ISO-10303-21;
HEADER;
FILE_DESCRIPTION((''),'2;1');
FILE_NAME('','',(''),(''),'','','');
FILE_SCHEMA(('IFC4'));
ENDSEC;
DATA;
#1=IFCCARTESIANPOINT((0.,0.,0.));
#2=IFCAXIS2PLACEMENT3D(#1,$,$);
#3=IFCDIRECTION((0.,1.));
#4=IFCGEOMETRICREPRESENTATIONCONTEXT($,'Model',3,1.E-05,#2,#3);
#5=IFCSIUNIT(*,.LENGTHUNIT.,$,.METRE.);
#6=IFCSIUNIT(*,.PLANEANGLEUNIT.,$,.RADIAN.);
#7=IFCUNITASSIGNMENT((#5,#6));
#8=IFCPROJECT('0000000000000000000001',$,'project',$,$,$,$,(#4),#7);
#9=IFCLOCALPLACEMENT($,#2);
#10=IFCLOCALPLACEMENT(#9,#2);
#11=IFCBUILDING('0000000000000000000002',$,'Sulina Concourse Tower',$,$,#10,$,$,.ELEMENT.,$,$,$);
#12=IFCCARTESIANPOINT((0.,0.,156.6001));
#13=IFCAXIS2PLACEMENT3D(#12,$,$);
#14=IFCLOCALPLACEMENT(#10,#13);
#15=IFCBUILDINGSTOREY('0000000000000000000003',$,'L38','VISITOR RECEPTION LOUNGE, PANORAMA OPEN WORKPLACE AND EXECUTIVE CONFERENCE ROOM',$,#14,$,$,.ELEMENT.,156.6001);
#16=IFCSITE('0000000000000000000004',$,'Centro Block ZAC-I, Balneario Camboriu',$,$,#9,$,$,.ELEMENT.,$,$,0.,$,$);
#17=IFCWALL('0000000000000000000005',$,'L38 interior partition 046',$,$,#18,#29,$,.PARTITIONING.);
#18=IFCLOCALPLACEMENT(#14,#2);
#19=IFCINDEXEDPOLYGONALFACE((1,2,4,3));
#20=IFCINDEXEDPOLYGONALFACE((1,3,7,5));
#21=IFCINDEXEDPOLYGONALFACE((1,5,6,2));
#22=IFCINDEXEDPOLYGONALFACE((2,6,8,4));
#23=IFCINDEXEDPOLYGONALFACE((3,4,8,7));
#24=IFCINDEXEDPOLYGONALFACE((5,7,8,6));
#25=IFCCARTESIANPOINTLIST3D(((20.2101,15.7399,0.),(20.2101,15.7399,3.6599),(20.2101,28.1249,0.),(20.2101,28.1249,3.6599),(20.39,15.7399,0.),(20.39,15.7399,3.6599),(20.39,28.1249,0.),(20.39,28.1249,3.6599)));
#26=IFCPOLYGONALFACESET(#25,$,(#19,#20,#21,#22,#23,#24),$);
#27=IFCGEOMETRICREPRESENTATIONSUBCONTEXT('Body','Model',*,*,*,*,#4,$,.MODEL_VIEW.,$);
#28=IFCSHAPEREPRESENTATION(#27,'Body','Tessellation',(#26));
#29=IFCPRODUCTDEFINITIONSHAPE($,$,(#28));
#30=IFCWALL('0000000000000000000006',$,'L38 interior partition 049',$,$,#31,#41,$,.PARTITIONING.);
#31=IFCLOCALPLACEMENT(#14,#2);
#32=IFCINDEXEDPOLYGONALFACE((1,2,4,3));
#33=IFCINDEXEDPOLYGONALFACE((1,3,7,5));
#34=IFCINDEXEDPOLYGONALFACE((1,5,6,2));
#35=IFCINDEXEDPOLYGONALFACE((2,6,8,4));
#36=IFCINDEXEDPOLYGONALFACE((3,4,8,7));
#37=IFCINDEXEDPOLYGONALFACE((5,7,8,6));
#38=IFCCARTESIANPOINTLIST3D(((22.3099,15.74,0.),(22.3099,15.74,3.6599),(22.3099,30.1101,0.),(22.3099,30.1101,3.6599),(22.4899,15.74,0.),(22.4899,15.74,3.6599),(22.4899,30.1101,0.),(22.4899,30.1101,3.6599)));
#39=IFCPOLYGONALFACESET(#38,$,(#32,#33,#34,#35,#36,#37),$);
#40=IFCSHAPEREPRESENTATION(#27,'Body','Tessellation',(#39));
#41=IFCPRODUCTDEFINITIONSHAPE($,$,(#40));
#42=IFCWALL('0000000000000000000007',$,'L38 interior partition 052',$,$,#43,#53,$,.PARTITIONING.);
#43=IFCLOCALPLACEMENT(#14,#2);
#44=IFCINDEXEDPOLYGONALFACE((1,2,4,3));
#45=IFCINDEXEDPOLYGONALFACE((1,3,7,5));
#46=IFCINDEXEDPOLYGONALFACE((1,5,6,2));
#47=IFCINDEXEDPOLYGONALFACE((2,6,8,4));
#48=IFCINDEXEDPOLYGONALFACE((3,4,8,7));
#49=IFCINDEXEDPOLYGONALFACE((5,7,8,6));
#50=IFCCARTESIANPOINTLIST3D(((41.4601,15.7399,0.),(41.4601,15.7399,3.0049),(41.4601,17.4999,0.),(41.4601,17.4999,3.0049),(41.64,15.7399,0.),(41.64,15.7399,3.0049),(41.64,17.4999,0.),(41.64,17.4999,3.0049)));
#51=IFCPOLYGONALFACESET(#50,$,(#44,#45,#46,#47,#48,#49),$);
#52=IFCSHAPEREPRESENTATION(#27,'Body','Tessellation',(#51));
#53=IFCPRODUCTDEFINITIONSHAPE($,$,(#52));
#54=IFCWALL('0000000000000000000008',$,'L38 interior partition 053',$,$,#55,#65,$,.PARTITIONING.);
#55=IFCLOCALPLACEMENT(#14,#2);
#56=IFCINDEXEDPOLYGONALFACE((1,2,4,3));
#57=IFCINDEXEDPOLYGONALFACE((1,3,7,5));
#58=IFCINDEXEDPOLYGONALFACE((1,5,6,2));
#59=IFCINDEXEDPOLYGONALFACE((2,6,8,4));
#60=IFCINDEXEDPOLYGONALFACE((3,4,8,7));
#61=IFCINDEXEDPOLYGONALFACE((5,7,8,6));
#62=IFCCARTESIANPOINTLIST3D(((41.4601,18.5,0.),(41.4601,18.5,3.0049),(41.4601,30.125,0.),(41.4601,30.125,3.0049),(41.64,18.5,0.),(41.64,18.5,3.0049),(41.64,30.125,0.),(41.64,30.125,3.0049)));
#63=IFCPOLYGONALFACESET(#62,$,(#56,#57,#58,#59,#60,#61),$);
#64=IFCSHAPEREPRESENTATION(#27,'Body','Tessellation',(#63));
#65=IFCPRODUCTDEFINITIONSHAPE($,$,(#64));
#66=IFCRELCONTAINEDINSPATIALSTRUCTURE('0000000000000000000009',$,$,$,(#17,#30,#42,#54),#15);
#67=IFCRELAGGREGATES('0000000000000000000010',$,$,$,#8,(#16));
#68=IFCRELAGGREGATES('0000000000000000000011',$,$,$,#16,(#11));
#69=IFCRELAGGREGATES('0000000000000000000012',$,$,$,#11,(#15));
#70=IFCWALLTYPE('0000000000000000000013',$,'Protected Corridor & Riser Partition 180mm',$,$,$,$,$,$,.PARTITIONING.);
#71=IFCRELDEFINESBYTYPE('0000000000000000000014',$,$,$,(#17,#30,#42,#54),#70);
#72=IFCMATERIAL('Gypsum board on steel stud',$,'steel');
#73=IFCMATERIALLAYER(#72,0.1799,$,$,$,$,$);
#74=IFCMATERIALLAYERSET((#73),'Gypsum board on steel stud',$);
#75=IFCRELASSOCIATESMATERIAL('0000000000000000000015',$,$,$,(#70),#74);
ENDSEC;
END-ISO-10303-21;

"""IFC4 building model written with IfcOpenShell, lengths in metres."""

from ifc_helpers import new_model, si_unit, direction, frame, frame_2d, origin, place, context, subcontext, project, spatial, rectangle, extrude, material, layer, layer_set, type_object, element, save


model = new_model("IFC4")

# Units and contexts
model_context = context("Model", 3, precision=1e-05, world=origin(), true_north=direction((0.0, 1.0)))
body_context = subcontext(model_context, "Body", "Model", "MODEL_VIEW")
ifc_project = project(units=[si_unit("LENGTHUNIT", "METRE"), si_unit("PLANEANGLEUNIT", "RADIAN")], contexts=[model_context])

# Site, building, storey
site_placement = place(None, origin())
site = spatial("IfcSite", under=ifc_project, at=site_placement, Name="Centro Block ZAC-I, Balneario Camboriu", CompositionType="ELEMENT", RefElevation=0.0)
building_placement = place(site_placement, origin())
building = spatial("IfcBuilding", under=site, at=building_placement, Name="Sulina Concourse Tower", CompositionType="ELEMENT")
storey_placement = place(building_placement, frame((0.0, 0.0, 156.6001)))
storey = spatial("IfcBuildingStorey", under=building, at=storey_placement, Name="L38", Description="VISITOR RECEPTION LOUNGE, PANORAMA OPEN WORKPLACE AND EXECUTIVE CONFERENCE ROOM", CompositionType="ELEMENT", Elevation=156.6001)

# Shared definitions
ifc_material_1 = material(Name="Gypsum board on steel stud", Category="steel")
ifc_layer_1 = layer(ifc_material_1, 0.1799)
ifc_layer_set_1 = layer_set([ifc_layer_1], Name="Gypsum board on steel stud")
wall_type = type_object("IfcWallType", Name="Protected Corridor & Riser Partition 180mm", PredefinedType="PARTITIONING", material=ifc_layer_set_1)

# Wall
wall_1_placement = place(storey_placement, frame((20.3, 15.74, 0.0), z_axis=(0.0, 0.0, 1.0), x_axis=(0.0, 1.0, 0.0)))
element("IfcWall", 1, at=wall_1_placement, inside=storey, type_object=wall_type, Name="L38 interior partition 046", PredefinedType="PARTITIONING", context=body_context, shape_type="SweptSolid", body=[
    extrude(rectangle(XDim=12.385, YDim=0.1799, at=frame_2d((6.1924, 0.0))), origin(), (0.0, 0.0, 1.0), 3.6599),
])

# Walls
wall_2_placement = place(storey_placement, frame((22.3999, 15.74, 0.0), z_axis=(0.0, 0.0, 1.0), x_axis=(0.0, 1.0, 0.0)))
element("IfcWall", 2, at=wall_2_placement, inside=storey, type_object=wall_type, Name="L38 interior partition 049", PredefinedType="PARTITIONING", context=body_context, shape_type="SweptSolid", body=[
    extrude(rectangle(XDim=14.3701, YDim=0.1799, at=frame_2d((7.1851, 0.0))), origin(), (0.0, 0.0, 1.0), 3.6599),
])
wall_3_placement = place(storey_placement, frame((41.55, 15.74, 0.0), z_axis=(0.0, 0.0, 1.0), x_axis=(0.0, 1.0, 0.0)))
element("IfcWall", 3, at=wall_3_placement, inside=storey, type_object=wall_type, Name="L38 interior partition 052", PredefinedType="PARTITIONING", context=body_context, shape_type="SweptSolid", body=[
    extrude(rectangle(XDim=1.76, YDim=0.1799, at=frame_2d((0.8799, 0.0))), origin(), (0.0, 0.0, 1.0), 3.0049),
])
wall_4_placement = place(storey_placement, frame((41.55, 18.5, 0.0), z_axis=(0.0, 0.0, 1.0), x_axis=(0.0, 1.0, 0.0)))
element("IfcWall", 4, at=wall_4_placement, inside=storey, type_object=wall_type, Name="L38 interior partition 053", PredefinedType="PARTITIONING", context=body_context, shape_type="SweptSolid", body=[
    extrude(rectangle(XDim=11.625, YDim=0.1799, at=frame_2d((5.8125, 0.0))), origin(), (0.0, 0.0, 1.0), 3.0049),
])

save(model, "model.ifc")
